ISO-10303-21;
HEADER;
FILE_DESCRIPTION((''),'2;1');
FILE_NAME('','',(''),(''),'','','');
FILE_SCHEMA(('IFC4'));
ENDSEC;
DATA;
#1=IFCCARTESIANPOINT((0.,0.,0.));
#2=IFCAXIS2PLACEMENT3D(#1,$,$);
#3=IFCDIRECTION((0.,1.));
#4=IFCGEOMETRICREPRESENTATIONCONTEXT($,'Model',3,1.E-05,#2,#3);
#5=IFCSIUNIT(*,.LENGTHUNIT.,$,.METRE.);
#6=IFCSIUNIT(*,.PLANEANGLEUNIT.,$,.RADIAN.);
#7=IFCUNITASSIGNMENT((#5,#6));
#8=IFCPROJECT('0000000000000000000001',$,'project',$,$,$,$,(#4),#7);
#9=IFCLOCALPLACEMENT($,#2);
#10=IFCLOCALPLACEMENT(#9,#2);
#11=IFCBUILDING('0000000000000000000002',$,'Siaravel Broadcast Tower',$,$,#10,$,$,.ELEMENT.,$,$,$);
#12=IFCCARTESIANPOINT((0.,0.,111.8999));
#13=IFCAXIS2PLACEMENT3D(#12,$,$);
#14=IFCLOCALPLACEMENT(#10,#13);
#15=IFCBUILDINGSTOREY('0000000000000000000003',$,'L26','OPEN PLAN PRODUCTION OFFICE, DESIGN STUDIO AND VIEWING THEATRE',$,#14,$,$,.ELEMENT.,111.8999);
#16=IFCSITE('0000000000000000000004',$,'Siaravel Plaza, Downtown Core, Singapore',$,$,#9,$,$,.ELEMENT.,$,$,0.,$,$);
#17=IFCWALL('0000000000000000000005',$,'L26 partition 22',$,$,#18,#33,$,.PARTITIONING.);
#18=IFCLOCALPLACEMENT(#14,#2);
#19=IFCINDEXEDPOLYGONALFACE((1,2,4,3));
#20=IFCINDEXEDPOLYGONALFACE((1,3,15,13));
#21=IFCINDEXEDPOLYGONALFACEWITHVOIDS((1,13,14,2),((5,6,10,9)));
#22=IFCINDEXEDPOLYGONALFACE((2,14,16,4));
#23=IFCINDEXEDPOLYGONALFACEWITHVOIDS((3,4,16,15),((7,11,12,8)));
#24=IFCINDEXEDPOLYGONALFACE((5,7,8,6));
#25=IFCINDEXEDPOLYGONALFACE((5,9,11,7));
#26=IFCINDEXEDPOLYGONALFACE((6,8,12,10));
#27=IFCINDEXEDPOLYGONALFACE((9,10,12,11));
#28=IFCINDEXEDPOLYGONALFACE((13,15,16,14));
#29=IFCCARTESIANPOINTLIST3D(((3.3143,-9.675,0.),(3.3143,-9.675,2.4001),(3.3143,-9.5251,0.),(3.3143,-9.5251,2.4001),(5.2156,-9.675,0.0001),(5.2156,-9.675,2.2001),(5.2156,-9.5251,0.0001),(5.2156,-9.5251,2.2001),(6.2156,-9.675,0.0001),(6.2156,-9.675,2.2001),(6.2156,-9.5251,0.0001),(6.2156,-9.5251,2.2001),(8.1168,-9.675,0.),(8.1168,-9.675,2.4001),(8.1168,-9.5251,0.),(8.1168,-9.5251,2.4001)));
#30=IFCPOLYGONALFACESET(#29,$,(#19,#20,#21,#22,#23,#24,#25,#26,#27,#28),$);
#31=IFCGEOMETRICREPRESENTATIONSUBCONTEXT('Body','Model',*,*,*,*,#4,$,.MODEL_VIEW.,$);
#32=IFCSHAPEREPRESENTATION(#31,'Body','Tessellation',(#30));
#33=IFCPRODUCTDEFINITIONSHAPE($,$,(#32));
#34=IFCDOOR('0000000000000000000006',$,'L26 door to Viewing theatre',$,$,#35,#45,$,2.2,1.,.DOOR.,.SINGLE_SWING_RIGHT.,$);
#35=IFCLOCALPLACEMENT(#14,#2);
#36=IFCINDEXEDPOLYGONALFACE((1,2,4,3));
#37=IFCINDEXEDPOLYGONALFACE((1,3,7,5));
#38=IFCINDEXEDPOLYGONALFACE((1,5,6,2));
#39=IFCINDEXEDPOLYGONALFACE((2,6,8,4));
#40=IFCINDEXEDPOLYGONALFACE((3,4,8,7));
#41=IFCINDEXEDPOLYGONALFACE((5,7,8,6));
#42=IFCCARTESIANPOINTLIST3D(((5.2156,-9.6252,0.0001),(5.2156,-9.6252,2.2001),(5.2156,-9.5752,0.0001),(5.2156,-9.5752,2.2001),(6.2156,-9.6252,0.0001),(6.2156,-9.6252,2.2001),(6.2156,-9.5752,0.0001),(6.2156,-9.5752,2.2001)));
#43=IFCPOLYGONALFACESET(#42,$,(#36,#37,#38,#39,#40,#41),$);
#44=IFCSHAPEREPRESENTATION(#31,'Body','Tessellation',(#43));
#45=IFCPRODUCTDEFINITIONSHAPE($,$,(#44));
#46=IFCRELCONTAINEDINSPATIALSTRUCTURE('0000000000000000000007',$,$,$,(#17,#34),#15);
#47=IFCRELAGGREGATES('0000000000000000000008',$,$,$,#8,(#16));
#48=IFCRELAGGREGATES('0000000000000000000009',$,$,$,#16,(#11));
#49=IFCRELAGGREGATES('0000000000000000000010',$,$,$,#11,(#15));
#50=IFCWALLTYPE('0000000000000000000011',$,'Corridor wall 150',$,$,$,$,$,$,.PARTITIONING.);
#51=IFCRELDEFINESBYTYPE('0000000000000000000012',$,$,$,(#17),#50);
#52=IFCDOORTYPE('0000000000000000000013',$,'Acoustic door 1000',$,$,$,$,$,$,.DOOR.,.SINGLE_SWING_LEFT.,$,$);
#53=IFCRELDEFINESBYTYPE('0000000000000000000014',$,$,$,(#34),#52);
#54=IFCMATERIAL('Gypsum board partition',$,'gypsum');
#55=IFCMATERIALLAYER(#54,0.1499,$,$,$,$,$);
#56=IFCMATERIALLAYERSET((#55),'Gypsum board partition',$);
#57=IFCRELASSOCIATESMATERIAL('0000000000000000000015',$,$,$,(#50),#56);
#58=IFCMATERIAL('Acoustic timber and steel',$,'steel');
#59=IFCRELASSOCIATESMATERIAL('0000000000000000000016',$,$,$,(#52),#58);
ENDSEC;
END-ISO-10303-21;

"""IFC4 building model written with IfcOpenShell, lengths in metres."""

from ifc_helpers import new_model, si_unit, direction, frame, frame_2d, origin, place, context, subcontext, project, spatial, rectangle, extrude, material, layer, layer_set, type_object, element, fill, save


model = new_model("IFC4")

# Units and contexts
model_context = context("Model", 3, precision=1e-05, world=origin(), true_north=direction((0.0, 1.0)))
body_context = subcontext(model_context, "Body", "Model", "MODEL_VIEW")
ifc_project = project(units=[si_unit("LENGTHUNIT", "METRE"), si_unit("PLANEANGLEUNIT", "RADIAN")], contexts=[model_context])

# Site, building, storey
site_placement = place(None, origin())
site = spatial("IfcSite", under=ifc_project, at=site_placement, Name="Siaravel Plaza, Downtown Core, Singapore", CompositionType="ELEMENT", RefElevation=0.0)
building_placement = place(site_placement, origin())
building = spatial("IfcBuilding", under=site, at=building_placement, Name="Siaravel Broadcast Tower", CompositionType="ELEMENT")
storey_placement = place(building_placement, frame((0.0, 0.0, 111.8999)))
storey = spatial("IfcBuildingStorey", under=building, at=storey_placement, Name="L26", Description="OPEN PLAN PRODUCTION OFFICE, DESIGN STUDIO AND VIEWING THEATRE", CompositionType="ELEMENT", Elevation=111.8999)

# Wall, opening, door
ifc_material_1 = material(Name="Gypsum board partition", Category="gypsum")
ifc_layer_1 = layer(ifc_material_1, 0.1499)
ifc_layer_set_1 = layer_set([ifc_layer_1], Name="Gypsum board partition")
wall_type_1 = type_object("IfcWallType", Name="Corridor wall 150", PredefinedType="PARTITIONING", material=ifc_layer_set_1)
wall_1_placement = place(storey_placement, frame((3.3142, -9.6001, 0.0), z_axis=(0.0, 0.0, 1.0), x_axis=(1.0, 0.0, 0.0)))
wall_1 = element("IfcWall", 1, at=wall_1_placement, inside=storey, type_object=wall_type_1, Name="L26 partition 22", PredefinedType="PARTITIONING", context=body_context, shape_type="SweptSolid", body=[
    extrude(rectangle(XDim=4.8025, YDim=0.1499, at=frame_2d((2.4014, 0.0))), origin(), (0.0, 0.0, 1.0), 2.4001),
])
opening_1_placement = place(wall_1_placement, frame((1.9014, 0.0, 0.0)))
opening_1 = element("IfcOpeningElement", 2, at=opening_1_placement, cuts=wall_1, PredefinedType="OPENING", context=body_context, shape_type="SweptSolid", body=[
    extrude(rectangle(XDim=1.0, YDim=2.2, at=frame_2d((0.5, 1.1001))), frame((0.0, 0.085, 0.0), z_axis=(0.0, -1.0, 0.0), x_axis=(1.0, 0.0, 0.0)), (0.0, 0.0, 1.0), 0.1699),
])
ifc_material_2 = material(Name="Acoustic timber and steel", Category="steel")
door_type_1 = type_object("IfcDoorType", Name="Acoustic door 1000", OperationType="SINGLE_SWING_LEFT", PredefinedType="DOOR", material=ifc_material_2)
door_1_placement = place(opening_1_placement, origin())
door_1 = element("IfcDoor", 3, at=door_1_placement, inside=storey, type_object=door_type_1, Name="L26 door to Viewing theatre", OperationType="SINGLE_SWING_RIGHT", OverallHeight=2.2, OverallWidth=1.0, PredefinedType="DOOR", context=body_context, shape_type="SweptSolid", body=[
    extrude(rectangle(XDim=1.0, YDim=2.2, at=frame_2d((0.5, 1.1001))), frame((0.0, 0.0249, 0.0), z_axis=(0.0, -1.0, 0.0), x_axis=(1.0, 0.0, 0.0)), (0.0, 0.0, 1.0), 0.05),
])
fill(opening_1, door_1)

save(model, "model.ifc")
